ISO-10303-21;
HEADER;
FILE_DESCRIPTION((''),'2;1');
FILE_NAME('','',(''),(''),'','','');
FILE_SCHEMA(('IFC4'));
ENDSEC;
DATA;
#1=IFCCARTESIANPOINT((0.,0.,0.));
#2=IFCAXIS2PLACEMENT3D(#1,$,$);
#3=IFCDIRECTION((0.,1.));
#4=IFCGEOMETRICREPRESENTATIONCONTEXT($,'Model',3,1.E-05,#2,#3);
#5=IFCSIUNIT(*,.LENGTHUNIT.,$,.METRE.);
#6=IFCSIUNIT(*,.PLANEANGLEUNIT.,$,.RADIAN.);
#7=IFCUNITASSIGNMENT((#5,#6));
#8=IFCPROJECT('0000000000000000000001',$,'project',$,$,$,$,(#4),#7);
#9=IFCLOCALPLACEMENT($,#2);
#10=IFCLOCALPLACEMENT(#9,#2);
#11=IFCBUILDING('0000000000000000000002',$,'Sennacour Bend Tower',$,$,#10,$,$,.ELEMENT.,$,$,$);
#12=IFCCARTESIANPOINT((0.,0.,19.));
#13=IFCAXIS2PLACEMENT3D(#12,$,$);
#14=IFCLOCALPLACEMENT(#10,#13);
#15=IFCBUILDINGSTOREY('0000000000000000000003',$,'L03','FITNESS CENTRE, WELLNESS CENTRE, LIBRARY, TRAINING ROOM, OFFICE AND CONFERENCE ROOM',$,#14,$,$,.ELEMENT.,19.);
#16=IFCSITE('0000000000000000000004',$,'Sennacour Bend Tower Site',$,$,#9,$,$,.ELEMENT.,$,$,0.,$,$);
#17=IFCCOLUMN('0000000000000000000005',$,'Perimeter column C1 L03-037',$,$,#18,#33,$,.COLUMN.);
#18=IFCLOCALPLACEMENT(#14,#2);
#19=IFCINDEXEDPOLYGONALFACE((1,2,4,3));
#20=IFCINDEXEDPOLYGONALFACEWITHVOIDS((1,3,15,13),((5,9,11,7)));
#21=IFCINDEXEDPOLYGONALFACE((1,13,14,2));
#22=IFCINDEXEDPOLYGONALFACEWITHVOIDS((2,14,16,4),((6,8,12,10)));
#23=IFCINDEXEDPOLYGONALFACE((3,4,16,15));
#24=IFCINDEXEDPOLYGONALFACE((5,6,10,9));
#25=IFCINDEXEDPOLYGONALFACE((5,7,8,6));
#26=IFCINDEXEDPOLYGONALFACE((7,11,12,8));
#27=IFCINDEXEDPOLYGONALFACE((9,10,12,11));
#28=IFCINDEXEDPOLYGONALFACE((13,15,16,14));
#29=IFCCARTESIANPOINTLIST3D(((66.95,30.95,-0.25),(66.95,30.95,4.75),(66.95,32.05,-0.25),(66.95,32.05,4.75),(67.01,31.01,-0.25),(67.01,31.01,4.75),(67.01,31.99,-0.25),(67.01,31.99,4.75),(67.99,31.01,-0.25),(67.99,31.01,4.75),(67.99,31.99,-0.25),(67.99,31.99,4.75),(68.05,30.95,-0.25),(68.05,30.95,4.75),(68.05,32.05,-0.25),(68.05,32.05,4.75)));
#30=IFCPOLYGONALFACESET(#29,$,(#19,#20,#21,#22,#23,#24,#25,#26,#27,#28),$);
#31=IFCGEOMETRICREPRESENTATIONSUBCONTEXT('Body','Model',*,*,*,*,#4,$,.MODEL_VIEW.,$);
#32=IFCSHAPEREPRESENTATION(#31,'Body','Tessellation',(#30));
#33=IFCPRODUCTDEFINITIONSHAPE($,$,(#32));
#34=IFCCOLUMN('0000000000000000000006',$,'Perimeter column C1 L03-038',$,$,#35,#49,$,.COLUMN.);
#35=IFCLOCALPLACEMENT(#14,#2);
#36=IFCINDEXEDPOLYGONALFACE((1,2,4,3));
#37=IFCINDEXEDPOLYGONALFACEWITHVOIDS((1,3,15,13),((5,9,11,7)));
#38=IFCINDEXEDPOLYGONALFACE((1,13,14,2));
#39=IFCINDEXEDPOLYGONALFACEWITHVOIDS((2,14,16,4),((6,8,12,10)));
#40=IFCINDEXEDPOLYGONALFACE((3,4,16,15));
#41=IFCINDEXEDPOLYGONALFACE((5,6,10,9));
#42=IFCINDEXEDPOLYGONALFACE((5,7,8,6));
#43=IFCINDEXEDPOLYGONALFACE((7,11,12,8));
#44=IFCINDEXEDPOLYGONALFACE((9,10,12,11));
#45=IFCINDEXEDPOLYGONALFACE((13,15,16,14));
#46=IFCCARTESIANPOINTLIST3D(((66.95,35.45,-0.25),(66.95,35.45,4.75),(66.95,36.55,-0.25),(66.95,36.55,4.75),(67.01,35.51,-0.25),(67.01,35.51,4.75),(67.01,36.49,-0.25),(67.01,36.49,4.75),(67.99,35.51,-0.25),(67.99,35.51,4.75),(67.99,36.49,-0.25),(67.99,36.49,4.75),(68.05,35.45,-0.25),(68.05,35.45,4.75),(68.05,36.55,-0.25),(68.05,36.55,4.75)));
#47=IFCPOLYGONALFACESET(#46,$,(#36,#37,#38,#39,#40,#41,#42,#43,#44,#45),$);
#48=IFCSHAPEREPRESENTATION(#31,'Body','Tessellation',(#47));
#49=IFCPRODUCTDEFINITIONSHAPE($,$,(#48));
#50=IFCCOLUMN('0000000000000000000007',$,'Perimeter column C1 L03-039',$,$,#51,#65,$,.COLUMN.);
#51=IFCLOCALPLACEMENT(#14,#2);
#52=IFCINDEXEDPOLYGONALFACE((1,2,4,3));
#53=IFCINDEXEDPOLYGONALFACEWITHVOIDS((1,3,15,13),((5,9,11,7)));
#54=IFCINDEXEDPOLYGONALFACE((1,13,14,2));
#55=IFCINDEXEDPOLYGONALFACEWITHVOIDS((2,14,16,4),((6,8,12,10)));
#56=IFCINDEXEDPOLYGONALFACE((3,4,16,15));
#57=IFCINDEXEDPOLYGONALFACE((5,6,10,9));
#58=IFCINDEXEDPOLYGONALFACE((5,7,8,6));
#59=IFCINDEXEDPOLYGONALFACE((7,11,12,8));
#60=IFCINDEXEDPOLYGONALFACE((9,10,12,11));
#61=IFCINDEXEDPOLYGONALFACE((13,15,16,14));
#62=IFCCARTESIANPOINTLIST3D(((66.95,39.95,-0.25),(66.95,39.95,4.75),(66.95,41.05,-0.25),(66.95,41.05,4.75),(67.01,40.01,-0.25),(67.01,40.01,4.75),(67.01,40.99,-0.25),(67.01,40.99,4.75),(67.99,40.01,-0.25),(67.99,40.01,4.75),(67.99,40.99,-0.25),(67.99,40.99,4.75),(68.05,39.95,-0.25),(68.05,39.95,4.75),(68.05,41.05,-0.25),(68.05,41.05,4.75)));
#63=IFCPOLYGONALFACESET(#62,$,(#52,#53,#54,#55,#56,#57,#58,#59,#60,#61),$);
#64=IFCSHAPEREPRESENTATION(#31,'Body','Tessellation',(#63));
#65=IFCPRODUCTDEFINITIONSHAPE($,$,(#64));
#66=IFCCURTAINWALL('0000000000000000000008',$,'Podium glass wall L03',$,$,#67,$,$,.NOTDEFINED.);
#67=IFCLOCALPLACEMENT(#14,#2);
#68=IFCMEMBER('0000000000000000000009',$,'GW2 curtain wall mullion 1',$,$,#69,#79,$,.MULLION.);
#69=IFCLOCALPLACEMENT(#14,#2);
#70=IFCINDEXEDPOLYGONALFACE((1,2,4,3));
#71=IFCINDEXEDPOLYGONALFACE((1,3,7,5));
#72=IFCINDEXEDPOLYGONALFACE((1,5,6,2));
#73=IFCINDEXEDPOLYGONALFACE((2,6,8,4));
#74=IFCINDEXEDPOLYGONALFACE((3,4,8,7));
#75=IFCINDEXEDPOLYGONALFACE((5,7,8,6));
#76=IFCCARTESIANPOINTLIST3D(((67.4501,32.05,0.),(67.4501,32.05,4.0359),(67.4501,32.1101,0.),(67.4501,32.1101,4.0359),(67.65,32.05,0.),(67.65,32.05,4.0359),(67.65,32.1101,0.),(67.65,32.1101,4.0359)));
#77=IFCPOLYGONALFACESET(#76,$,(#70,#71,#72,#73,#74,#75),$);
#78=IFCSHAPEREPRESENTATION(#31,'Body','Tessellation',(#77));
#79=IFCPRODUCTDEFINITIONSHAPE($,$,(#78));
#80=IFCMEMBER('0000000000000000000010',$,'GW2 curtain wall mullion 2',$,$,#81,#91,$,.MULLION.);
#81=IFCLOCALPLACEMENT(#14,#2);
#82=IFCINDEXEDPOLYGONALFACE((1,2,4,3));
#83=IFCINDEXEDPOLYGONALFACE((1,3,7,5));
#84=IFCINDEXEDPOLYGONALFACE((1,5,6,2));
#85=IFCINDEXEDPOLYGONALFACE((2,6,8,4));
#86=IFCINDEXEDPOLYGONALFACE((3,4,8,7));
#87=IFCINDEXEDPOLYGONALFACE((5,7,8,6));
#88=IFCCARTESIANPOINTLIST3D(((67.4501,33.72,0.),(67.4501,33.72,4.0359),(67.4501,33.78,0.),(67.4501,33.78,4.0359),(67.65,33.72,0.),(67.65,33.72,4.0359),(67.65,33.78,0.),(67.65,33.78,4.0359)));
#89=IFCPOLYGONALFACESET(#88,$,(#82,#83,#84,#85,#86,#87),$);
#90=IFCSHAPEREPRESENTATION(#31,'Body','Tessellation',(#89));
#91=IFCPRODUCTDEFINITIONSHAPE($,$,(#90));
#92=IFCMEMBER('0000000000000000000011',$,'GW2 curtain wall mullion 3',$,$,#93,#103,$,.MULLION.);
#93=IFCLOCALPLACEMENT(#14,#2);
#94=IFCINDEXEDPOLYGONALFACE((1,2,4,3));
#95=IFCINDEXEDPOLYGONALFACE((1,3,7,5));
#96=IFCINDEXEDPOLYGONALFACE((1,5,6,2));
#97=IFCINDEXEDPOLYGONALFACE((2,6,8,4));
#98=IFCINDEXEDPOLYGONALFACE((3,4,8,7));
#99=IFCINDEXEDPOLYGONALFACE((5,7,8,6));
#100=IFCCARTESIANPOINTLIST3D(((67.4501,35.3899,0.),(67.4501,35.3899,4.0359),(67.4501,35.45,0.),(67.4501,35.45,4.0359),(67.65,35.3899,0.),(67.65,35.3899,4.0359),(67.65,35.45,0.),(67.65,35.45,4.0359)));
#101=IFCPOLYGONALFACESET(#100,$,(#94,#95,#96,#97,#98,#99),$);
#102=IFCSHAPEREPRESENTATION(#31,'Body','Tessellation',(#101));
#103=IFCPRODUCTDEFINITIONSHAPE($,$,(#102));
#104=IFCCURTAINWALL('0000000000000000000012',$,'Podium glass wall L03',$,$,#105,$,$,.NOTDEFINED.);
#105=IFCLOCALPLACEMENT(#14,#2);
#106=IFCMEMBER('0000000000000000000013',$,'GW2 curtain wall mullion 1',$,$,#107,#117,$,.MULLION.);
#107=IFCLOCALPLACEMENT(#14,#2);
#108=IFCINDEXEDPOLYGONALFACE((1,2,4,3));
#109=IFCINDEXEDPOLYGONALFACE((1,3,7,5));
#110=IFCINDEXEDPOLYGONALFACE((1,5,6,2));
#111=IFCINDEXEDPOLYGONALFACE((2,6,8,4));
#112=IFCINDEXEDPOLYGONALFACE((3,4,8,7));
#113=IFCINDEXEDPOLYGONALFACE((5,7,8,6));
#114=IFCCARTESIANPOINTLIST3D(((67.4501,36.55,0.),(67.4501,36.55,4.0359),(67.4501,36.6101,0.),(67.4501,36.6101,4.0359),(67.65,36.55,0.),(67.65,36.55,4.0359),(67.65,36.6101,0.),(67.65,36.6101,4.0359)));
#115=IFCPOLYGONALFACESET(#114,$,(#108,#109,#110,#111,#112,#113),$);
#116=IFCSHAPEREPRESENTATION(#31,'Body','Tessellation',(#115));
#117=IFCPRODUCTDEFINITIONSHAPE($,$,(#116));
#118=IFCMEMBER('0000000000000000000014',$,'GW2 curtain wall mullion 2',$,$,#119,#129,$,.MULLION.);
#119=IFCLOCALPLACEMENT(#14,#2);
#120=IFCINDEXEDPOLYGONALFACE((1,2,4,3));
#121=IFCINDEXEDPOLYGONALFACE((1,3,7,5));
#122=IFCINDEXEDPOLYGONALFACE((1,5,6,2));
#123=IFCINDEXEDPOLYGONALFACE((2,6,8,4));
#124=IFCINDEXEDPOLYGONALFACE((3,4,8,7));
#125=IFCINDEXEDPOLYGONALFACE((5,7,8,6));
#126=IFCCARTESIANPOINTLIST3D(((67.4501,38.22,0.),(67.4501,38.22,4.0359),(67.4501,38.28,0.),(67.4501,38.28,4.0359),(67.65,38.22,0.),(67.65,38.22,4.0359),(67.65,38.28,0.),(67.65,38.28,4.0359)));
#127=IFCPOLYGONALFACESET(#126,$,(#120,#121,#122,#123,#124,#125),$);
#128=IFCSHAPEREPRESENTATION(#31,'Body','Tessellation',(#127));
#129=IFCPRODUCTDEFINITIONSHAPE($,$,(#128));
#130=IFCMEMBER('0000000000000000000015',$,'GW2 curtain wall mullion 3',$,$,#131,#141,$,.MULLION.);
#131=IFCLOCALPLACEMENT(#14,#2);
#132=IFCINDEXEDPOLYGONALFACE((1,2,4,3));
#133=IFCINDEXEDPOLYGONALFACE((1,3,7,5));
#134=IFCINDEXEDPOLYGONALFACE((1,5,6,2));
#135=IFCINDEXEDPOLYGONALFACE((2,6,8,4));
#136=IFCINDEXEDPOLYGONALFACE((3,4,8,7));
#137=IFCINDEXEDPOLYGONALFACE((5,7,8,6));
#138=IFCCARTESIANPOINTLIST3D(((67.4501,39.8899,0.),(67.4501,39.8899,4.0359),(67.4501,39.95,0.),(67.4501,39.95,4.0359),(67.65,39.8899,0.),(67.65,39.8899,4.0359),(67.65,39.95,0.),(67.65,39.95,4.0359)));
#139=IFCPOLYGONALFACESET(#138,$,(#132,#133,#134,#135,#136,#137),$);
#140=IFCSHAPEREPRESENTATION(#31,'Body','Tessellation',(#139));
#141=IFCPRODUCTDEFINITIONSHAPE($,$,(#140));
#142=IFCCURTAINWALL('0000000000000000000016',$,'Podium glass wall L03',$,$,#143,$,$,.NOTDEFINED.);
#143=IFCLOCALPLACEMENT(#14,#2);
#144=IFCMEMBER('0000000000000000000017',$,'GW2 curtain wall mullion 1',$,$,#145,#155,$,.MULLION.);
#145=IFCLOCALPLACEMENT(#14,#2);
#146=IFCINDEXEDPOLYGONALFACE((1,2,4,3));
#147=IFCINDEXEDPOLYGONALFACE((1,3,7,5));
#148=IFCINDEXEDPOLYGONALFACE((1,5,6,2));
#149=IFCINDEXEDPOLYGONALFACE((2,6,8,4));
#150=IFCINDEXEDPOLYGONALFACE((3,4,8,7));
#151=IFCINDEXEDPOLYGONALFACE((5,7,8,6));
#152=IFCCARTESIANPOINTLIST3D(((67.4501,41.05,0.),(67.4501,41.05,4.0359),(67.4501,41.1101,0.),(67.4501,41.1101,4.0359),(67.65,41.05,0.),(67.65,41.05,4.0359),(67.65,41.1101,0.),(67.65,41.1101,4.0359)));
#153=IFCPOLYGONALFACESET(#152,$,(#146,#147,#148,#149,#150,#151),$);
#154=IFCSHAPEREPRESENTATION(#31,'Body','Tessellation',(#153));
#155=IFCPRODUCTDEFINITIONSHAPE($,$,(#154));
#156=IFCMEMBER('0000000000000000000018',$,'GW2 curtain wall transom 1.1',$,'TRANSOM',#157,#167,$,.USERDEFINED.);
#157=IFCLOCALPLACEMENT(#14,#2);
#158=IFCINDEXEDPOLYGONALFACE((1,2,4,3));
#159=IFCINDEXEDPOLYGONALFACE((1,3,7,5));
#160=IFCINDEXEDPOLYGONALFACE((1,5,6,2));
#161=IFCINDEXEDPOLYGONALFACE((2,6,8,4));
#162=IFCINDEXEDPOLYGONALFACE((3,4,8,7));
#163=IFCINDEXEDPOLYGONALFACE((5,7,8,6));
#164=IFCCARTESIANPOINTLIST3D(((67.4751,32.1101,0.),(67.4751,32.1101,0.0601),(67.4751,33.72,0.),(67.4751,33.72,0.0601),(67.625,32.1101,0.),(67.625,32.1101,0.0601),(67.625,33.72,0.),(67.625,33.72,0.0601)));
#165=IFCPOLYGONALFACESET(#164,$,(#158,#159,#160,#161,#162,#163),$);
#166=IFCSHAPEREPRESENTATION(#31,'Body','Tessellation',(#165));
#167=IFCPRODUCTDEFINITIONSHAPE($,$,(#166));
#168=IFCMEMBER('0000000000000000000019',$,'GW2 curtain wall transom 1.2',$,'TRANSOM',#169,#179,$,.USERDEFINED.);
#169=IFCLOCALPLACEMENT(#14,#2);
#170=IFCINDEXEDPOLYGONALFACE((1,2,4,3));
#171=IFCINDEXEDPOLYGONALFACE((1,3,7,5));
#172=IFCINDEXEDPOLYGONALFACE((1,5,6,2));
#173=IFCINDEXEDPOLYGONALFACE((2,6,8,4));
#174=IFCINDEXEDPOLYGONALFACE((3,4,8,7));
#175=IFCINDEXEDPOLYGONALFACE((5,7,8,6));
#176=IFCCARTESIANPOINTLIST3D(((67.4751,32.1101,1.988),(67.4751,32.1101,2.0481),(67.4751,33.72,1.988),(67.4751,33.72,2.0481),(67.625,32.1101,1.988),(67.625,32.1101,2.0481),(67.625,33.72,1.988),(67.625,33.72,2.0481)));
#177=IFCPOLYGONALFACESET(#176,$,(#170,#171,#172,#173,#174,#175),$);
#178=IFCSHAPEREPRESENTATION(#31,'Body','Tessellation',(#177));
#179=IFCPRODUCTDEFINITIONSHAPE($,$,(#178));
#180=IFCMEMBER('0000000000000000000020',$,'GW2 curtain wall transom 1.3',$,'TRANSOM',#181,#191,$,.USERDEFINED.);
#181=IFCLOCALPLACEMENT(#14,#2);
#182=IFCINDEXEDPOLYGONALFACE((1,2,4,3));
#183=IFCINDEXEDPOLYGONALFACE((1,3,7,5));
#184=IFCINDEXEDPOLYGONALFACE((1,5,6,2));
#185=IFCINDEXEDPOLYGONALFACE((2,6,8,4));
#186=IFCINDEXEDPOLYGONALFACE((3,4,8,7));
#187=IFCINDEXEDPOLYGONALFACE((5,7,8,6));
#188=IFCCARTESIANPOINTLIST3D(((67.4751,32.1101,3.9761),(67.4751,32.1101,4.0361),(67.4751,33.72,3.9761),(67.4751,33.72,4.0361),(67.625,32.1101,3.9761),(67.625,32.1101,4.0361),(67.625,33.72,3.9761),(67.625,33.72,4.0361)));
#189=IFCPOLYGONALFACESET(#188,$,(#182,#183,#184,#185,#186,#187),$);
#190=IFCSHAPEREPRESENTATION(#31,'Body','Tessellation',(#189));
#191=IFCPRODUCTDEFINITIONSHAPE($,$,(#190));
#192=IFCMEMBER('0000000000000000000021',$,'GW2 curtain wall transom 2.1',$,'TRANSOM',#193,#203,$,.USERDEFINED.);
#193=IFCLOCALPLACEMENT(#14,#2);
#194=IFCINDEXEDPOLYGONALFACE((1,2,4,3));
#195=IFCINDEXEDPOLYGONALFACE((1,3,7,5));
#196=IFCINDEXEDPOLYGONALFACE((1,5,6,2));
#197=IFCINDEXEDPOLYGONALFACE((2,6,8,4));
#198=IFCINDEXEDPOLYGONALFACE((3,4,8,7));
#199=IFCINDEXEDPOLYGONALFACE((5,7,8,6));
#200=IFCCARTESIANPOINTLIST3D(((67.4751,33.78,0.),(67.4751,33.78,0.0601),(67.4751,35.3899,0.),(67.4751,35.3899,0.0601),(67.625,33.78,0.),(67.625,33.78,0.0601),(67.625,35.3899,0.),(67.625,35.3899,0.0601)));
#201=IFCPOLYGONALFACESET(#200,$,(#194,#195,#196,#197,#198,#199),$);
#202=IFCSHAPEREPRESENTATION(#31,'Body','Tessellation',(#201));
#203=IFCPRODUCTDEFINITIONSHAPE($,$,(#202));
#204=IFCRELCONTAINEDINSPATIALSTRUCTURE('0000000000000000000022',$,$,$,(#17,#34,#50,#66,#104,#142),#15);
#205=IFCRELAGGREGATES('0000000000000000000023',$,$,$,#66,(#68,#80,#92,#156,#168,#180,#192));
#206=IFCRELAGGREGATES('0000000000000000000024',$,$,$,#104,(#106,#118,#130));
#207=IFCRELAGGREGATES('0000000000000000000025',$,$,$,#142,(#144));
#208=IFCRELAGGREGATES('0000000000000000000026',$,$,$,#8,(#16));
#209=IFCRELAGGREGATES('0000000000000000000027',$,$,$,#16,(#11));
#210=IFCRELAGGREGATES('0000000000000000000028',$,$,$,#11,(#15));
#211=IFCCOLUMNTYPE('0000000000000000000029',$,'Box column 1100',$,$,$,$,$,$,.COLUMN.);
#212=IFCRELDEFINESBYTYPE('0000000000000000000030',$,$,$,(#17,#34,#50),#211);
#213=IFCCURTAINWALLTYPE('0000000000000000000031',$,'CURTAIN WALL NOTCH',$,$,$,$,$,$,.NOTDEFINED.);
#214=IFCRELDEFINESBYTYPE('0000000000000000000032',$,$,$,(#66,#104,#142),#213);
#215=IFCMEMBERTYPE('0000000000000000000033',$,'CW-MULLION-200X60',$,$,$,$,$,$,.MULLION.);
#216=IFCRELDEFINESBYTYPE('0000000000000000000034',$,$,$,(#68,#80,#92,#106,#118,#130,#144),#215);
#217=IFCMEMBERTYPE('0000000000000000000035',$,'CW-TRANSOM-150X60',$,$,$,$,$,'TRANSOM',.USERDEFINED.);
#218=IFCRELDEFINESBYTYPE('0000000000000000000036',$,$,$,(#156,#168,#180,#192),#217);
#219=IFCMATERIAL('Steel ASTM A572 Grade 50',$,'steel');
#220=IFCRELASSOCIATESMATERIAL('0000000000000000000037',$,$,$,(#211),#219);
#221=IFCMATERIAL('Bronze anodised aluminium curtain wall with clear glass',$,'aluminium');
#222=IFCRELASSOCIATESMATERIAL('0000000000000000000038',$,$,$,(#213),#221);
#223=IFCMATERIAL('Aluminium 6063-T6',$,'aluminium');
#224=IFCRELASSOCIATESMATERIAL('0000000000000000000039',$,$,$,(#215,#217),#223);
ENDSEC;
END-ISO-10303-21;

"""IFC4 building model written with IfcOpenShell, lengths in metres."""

from ifc_helpers import new_model, si_unit, direction, frame, origin, origin_2d, place, context, subcontext, project, spatial, rectangle, hollow_rectangle, extrude, material, material_profile, profile_set, type_object, element, aggregate, save


model = new_model("IFC4")

# Units and contexts
model_context = context("Model", 3, precision=1e-05, world=origin(), true_north=direction((0.0, 1.0)))
body_context = subcontext(model_context, "Body", "Model", "MODEL_VIEW")
ifc_project = project(units=[si_unit("LENGTHUNIT", "METRE"), si_unit("PLANEANGLEUNIT", "RADIAN")], contexts=[model_context])

# Site, building, storey
site_placement = place(None, origin())
site = spatial("IfcSite", under=ifc_project, at=site_placement, Name="Sennacour Bend Tower Site", CompositionType="ELEMENT", RefElevation=0.0)
building_placement = place(site_placement, origin())
building = spatial("IfcBuilding", under=site, at=building_placement, Name="Sennacour Bend Tower", CompositionType="ELEMENT")
storey_placement = place(building_placement, frame((0.0, 0.0, 19.0)))
storey = spatial("IfcBuildingStorey", under=building, at=storey_placement, Name="L03", Description="FITNESS CENTRE, WELLNESS CENTRE, LIBRARY, TRAINING ROOM, OFFICE AND CONFERENCE ROOM", CompositionType="ELEMENT", Elevation=19.0)

# Columns
ifc_material_1 = material(Name="Steel ASTM A572 Grade 50", Category="steel")
ifc_material_profile_1 = material_profile(ifc_material_1, hollow_rectangle(XDim=1.1001, YDim=1.1001, WallThickness=0.0601, at=origin_2d()), Name="Steel ASTM A572 Grade 50", Category="steel")
ifc_profile_set_1 = profile_set([ifc_material_profile_1], Name="Steel ASTM A572 Grade 50")
column_type = type_object("IfcColumnType", Name="Box column 1100", PredefinedType="COLUMN", material=ifc_profile_set_1)
for number, where, z_axis, x_axis, name in (
    (1, (67.5, 31.5, -0.25), (0.0, 0.0, 1.0), (1.0, 0.0, 0.0), "Perimeter column C1 L03-037"),
    (2, (67.5, 36.0, -0.25), (0.0, 0.0, 1.0), (1.0, 0.0, 0.0), "Perimeter column C1 L03-038"),
    (3, (67.5, 40.5, -0.25), (0.0, 0.0, 1.0), (1.0, 0.0, 0.0), "Perimeter column C1 L03-039"),
):
    element("IfcColumn", number, at=place(storey_placement, frame(where, z_axis=z_axis, x_axis=x_axis)), inside=storey, type_object=column_type, Name=name, PredefinedType="COLUMN", context=body_context, shape_type="SweptSolid", body=[
        extrude(hollow_rectangle(XDim=1.1001, YDim=1.1001, WallThickness=0.0601, at=origin_2d()), origin(), (0.0, 0.0, 1.0), 5.0),
    ])

# Curtain walls, members
ifc_material_2 = material(Name="Bronze anodised aluminium curtain wall with clear glass", Category="aluminium")
curtain_wall_type = type_object("IfcCurtainWallType", Name="CURTAIN WALL NOTCH", PredefinedType="NOTDEFINED", material=ifc_material_2)
curtain_wall_1_placement = place(storey_placement, origin())
curtain_wall_1 = element("IfcCurtainWall", 4, at=curtain_wall_1_placement, inside=storey, type_object=curtain_wall_type, Name="Podium glass wall L03", PredefinedType="NOTDEFINED")
ifc_material_3 = material(Name="Aluminium 6063-T6", Category="aluminium")
ifc_material_profile_2 = material_profile(ifc_material_3, rectangle(XDim=0.2, YDim=0.0601, at=origin_2d()), Name="Aluminium 6063-T6", Category="aluminium")
ifc_profile_set_2 = profile_set([ifc_material_profile_2], Name="Aluminium 6063-T6")
member_type_1 = type_object("IfcMemberType", Name="CW-MULLION-200X60", PredefinedType="MULLION", material=ifc_profile_set_2)
member_1_placement = place(storey_placement, frame((67.55, 32.0801, 0.0), z_axis=(0.0, 0.0, 1.0), x_axis=(-1.0, 0.0, 0.0)))
member_1 = element("IfcMember", 5, at=member_1_placement, type_object=member_type_1, Name="GW2 curtain wall mullion 1", PredefinedType="MULLION", context=body_context, shape_type="SweptSolid", body=[
    extrude(rectangle(XDim=0.2, YDim=0.0601, at=origin_2d()), origin(), (0.0, 0.0, 1.0), 4.0359),
])
member_2_placement = place(storey_placement, frame((67.55, 33.75, 0.0), z_axis=(0.0, 0.0, 1.0), x_axis=(-1.0, 0.0, 0.0)))
member_2 = element("IfcMember", 6, at=member_2_placement, type_object=member_type_1, Name="GW2 curtain wall mullion 2", PredefinedType="MULLION", context=body_context, shape_type="SweptSolid", body=[
    extrude(rectangle(XDim=0.2, YDim=0.0601, at=origin_2d()), origin(), (0.0, 0.0, 1.0), 4.0359),
])
member_3_placement = place(storey_placement, frame((67.55, 35.4199, 0.0), z_axis=(0.0, 0.0, 1.0), x_axis=(-1.0, 0.0, 0.0)))
member_3 = element("IfcMember", 7, at=member_3_placement, type_object=member_type_1, Name="GW2 curtain wall mullion 3", PredefinedType="MULLION", context=body_context, shape_type="SweptSolid", body=[
    extrude(rectangle(XDim=0.2, YDim=0.0601, at=origin_2d()), origin(), (0.0, 0.0, 1.0), 4.0359),
])
curtain_wall_2_placement = place(storey_placement, origin())
curtain_wall_2 = element("IfcCurtainWall", 8, at=curtain_wall_2_placement, inside=storey, type_object=curtain_wall_type, Name="Podium glass wall L03", PredefinedType="NOTDEFINED")
member_4_placement = place(storey_placement, frame((67.55, 36.5801, 0.0), z_axis=(0.0, 0.0, 1.0), x_axis=(-1.0, 0.0, 0.0)))
member_4 = element("IfcMember", 9, at=member_4_placement, type_object=member_type_1, Name="GW2 curtain wall mullion 1", PredefinedType="MULLION", context=body_context, shape_type="SweptSolid", body=[
    extrude(rectangle(XDim=0.2, YDim=0.0601, at=origin_2d()), origin(), (0.0, 0.0, 1.0), 4.0359),
])
member_5_placement = place(storey_placement, frame((67.55, 38.25, 0.0), z_axis=(0.0, 0.0, 1.0), x_axis=(-1.0, 0.0, 0.0)))
member_5 = element("IfcMember", 10, at=member_5_placement, type_object=member_type_1, Name="GW2 curtain wall mullion 2", PredefinedType="MULLION", context=body_context, shape_type="SweptSolid", body=[
    extrude(rectangle(XDim=0.2, YDim=0.0601, at=origin_2d()), origin(), (0.0, 0.0, 1.0), 4.0359),
])
member_6_placement = place(storey_placement, frame((67.55, 39.9199, 0.0), z_axis=(0.0, 0.0, 1.0), x_axis=(-1.0, 0.0, 0.0)))
member_6 = element("IfcMember", 11, at=member_6_placement, type_object=member_type_1, Name="GW2 curtain wall mullion 3", PredefinedType="MULLION", context=body_context, shape_type="SweptSolid", body=[
    extrude(rectangle(XDim=0.2, YDim=0.0601, at=origin_2d()), origin(), (0.0, 0.0, 1.0), 4.0359),
])

# Curtain wall, member
curtain_wall_3_placement = place(storey_placement, origin())
curtain_wall_3 = element("IfcCurtainWall", 12, at=curtain_wall_3_placement, inside=storey, type_object=curtain_wall_type, Name="Podium glass wall L03", PredefinedType="NOTDEFINED")
member_7_placement = place(storey_placement, frame((67.55, 41.0801, 0.0), z_axis=(0.0, 0.0, 1.0), x_axis=(-1.0, 0.0, 0.0)))
member_7 = element("IfcMember", 13, at=member_7_placement, type_object=member_type_1, Name="GW2 curtain wall mullion 1", PredefinedType="MULLION", context=body_context, shape_type="SweptSolid", body=[
    extrude(rectangle(XDim=0.2, YDim=0.0601, at=origin_2d()), origin(), (0.0, 0.0, 1.0), 4.0359),
])

# Members
ifc_material_profile_3 = material_profile(ifc_material_3, rectangle(XDim=0.1499, YDim=0.0601, at=origin_2d()), Name="Aluminium 6063-T6", Category="aluminium")
ifc_profile_set_3 = profile_set([ifc_material_profile_3], Name="Aluminium 6063-T6")
member_type_2 = type_object("IfcMemberType", Name="CW-TRANSOM-150X60", ElementType="TRANSOM", PredefinedType="USERDEFINED", material=ifc_profile_set_3)
member_8_placement = place(storey_placement, frame((67.55, 32.1101, 0.03), z_axis=(0.0, 1.0, 0.0), x_axis=(-1.0, 0.0, 0.0)))
member_8 = element("IfcMember", 14, at=member_8_placement, type_object=member_type_2, Name="GW2 curtain wall transom 1.1", ObjectType="TRANSOM", PredefinedType="USERDEFINED", context=body_context, shape_type="SweptSolid", body=[
    extrude(rectangle(XDim=0.1499, YDim=0.0601, at=origin_2d()), origin(), (0.0, 0.0, 1.0), 1.6099),
])
member_9_placement = place(storey_placement, frame((67.55, 32.1101, 2.0181), z_axis=(0.0, 1.0, 0.0), x_axis=(-1.0, 0.0, 0.0)))
member_9 = element("IfcMember", 15, at=member_9_placement, type_object=member_type_2, Name="GW2 curtain wall transom 1.2", ObjectType="TRANSOM", PredefinedType="USERDEFINED", context=body_context, shape_type="SweptSolid", body=[
    extrude(rectangle(XDim=0.1499, YDim=0.0601, at=origin_2d()), origin(), (0.0, 0.0, 1.0), 1.6099),
])
member_10_placement = place(storey_placement, frame((67.55, 32.1101, 4.0061), z_axis=(0.0, 1.0, 0.0), x_axis=(-1.0, 0.0, 0.0)))
member_10 = element("IfcMember", 16, at=member_10_placement, type_object=member_type_2, Name="GW2 curtain wall transom 1.3", ObjectType="TRANSOM", PredefinedType="USERDEFINED", context=body_context, shape_type="SweptSolid", body=[
    extrude(rectangle(XDim=0.1499, YDim=0.0601, at=origin_2d()), origin(), (0.0, 0.0, 1.0), 1.6099),
])
member_11_placement = place(storey_placement, frame((67.55, 33.78, 0.03), z_axis=(0.0, 1.0, 0.0), x_axis=(-1.0, 0.0, 0.0)))
member_11 = element("IfcMember", 17, at=member_11_placement, type_object=member_type_2, Name="GW2 curtain wall transom 2.1", ObjectType="TRANSOM", PredefinedType="USERDEFINED", context=body_context, shape_type="SweptSolid", body=[
    extrude(rectangle(XDim=0.1499, YDim=0.0601, at=origin_2d()), origin(), (0.0, 0.0, 1.0), 1.6099),
])

aggregate(curtain_wall_1, [member_1, member_2, member_3, member_8, member_9, member_10, member_11])
aggregate(curtain_wall_2, [member_4, member_5, member_6])
aggregate(curtain_wall_3, [member_7])

save(model, "model.ifc")
